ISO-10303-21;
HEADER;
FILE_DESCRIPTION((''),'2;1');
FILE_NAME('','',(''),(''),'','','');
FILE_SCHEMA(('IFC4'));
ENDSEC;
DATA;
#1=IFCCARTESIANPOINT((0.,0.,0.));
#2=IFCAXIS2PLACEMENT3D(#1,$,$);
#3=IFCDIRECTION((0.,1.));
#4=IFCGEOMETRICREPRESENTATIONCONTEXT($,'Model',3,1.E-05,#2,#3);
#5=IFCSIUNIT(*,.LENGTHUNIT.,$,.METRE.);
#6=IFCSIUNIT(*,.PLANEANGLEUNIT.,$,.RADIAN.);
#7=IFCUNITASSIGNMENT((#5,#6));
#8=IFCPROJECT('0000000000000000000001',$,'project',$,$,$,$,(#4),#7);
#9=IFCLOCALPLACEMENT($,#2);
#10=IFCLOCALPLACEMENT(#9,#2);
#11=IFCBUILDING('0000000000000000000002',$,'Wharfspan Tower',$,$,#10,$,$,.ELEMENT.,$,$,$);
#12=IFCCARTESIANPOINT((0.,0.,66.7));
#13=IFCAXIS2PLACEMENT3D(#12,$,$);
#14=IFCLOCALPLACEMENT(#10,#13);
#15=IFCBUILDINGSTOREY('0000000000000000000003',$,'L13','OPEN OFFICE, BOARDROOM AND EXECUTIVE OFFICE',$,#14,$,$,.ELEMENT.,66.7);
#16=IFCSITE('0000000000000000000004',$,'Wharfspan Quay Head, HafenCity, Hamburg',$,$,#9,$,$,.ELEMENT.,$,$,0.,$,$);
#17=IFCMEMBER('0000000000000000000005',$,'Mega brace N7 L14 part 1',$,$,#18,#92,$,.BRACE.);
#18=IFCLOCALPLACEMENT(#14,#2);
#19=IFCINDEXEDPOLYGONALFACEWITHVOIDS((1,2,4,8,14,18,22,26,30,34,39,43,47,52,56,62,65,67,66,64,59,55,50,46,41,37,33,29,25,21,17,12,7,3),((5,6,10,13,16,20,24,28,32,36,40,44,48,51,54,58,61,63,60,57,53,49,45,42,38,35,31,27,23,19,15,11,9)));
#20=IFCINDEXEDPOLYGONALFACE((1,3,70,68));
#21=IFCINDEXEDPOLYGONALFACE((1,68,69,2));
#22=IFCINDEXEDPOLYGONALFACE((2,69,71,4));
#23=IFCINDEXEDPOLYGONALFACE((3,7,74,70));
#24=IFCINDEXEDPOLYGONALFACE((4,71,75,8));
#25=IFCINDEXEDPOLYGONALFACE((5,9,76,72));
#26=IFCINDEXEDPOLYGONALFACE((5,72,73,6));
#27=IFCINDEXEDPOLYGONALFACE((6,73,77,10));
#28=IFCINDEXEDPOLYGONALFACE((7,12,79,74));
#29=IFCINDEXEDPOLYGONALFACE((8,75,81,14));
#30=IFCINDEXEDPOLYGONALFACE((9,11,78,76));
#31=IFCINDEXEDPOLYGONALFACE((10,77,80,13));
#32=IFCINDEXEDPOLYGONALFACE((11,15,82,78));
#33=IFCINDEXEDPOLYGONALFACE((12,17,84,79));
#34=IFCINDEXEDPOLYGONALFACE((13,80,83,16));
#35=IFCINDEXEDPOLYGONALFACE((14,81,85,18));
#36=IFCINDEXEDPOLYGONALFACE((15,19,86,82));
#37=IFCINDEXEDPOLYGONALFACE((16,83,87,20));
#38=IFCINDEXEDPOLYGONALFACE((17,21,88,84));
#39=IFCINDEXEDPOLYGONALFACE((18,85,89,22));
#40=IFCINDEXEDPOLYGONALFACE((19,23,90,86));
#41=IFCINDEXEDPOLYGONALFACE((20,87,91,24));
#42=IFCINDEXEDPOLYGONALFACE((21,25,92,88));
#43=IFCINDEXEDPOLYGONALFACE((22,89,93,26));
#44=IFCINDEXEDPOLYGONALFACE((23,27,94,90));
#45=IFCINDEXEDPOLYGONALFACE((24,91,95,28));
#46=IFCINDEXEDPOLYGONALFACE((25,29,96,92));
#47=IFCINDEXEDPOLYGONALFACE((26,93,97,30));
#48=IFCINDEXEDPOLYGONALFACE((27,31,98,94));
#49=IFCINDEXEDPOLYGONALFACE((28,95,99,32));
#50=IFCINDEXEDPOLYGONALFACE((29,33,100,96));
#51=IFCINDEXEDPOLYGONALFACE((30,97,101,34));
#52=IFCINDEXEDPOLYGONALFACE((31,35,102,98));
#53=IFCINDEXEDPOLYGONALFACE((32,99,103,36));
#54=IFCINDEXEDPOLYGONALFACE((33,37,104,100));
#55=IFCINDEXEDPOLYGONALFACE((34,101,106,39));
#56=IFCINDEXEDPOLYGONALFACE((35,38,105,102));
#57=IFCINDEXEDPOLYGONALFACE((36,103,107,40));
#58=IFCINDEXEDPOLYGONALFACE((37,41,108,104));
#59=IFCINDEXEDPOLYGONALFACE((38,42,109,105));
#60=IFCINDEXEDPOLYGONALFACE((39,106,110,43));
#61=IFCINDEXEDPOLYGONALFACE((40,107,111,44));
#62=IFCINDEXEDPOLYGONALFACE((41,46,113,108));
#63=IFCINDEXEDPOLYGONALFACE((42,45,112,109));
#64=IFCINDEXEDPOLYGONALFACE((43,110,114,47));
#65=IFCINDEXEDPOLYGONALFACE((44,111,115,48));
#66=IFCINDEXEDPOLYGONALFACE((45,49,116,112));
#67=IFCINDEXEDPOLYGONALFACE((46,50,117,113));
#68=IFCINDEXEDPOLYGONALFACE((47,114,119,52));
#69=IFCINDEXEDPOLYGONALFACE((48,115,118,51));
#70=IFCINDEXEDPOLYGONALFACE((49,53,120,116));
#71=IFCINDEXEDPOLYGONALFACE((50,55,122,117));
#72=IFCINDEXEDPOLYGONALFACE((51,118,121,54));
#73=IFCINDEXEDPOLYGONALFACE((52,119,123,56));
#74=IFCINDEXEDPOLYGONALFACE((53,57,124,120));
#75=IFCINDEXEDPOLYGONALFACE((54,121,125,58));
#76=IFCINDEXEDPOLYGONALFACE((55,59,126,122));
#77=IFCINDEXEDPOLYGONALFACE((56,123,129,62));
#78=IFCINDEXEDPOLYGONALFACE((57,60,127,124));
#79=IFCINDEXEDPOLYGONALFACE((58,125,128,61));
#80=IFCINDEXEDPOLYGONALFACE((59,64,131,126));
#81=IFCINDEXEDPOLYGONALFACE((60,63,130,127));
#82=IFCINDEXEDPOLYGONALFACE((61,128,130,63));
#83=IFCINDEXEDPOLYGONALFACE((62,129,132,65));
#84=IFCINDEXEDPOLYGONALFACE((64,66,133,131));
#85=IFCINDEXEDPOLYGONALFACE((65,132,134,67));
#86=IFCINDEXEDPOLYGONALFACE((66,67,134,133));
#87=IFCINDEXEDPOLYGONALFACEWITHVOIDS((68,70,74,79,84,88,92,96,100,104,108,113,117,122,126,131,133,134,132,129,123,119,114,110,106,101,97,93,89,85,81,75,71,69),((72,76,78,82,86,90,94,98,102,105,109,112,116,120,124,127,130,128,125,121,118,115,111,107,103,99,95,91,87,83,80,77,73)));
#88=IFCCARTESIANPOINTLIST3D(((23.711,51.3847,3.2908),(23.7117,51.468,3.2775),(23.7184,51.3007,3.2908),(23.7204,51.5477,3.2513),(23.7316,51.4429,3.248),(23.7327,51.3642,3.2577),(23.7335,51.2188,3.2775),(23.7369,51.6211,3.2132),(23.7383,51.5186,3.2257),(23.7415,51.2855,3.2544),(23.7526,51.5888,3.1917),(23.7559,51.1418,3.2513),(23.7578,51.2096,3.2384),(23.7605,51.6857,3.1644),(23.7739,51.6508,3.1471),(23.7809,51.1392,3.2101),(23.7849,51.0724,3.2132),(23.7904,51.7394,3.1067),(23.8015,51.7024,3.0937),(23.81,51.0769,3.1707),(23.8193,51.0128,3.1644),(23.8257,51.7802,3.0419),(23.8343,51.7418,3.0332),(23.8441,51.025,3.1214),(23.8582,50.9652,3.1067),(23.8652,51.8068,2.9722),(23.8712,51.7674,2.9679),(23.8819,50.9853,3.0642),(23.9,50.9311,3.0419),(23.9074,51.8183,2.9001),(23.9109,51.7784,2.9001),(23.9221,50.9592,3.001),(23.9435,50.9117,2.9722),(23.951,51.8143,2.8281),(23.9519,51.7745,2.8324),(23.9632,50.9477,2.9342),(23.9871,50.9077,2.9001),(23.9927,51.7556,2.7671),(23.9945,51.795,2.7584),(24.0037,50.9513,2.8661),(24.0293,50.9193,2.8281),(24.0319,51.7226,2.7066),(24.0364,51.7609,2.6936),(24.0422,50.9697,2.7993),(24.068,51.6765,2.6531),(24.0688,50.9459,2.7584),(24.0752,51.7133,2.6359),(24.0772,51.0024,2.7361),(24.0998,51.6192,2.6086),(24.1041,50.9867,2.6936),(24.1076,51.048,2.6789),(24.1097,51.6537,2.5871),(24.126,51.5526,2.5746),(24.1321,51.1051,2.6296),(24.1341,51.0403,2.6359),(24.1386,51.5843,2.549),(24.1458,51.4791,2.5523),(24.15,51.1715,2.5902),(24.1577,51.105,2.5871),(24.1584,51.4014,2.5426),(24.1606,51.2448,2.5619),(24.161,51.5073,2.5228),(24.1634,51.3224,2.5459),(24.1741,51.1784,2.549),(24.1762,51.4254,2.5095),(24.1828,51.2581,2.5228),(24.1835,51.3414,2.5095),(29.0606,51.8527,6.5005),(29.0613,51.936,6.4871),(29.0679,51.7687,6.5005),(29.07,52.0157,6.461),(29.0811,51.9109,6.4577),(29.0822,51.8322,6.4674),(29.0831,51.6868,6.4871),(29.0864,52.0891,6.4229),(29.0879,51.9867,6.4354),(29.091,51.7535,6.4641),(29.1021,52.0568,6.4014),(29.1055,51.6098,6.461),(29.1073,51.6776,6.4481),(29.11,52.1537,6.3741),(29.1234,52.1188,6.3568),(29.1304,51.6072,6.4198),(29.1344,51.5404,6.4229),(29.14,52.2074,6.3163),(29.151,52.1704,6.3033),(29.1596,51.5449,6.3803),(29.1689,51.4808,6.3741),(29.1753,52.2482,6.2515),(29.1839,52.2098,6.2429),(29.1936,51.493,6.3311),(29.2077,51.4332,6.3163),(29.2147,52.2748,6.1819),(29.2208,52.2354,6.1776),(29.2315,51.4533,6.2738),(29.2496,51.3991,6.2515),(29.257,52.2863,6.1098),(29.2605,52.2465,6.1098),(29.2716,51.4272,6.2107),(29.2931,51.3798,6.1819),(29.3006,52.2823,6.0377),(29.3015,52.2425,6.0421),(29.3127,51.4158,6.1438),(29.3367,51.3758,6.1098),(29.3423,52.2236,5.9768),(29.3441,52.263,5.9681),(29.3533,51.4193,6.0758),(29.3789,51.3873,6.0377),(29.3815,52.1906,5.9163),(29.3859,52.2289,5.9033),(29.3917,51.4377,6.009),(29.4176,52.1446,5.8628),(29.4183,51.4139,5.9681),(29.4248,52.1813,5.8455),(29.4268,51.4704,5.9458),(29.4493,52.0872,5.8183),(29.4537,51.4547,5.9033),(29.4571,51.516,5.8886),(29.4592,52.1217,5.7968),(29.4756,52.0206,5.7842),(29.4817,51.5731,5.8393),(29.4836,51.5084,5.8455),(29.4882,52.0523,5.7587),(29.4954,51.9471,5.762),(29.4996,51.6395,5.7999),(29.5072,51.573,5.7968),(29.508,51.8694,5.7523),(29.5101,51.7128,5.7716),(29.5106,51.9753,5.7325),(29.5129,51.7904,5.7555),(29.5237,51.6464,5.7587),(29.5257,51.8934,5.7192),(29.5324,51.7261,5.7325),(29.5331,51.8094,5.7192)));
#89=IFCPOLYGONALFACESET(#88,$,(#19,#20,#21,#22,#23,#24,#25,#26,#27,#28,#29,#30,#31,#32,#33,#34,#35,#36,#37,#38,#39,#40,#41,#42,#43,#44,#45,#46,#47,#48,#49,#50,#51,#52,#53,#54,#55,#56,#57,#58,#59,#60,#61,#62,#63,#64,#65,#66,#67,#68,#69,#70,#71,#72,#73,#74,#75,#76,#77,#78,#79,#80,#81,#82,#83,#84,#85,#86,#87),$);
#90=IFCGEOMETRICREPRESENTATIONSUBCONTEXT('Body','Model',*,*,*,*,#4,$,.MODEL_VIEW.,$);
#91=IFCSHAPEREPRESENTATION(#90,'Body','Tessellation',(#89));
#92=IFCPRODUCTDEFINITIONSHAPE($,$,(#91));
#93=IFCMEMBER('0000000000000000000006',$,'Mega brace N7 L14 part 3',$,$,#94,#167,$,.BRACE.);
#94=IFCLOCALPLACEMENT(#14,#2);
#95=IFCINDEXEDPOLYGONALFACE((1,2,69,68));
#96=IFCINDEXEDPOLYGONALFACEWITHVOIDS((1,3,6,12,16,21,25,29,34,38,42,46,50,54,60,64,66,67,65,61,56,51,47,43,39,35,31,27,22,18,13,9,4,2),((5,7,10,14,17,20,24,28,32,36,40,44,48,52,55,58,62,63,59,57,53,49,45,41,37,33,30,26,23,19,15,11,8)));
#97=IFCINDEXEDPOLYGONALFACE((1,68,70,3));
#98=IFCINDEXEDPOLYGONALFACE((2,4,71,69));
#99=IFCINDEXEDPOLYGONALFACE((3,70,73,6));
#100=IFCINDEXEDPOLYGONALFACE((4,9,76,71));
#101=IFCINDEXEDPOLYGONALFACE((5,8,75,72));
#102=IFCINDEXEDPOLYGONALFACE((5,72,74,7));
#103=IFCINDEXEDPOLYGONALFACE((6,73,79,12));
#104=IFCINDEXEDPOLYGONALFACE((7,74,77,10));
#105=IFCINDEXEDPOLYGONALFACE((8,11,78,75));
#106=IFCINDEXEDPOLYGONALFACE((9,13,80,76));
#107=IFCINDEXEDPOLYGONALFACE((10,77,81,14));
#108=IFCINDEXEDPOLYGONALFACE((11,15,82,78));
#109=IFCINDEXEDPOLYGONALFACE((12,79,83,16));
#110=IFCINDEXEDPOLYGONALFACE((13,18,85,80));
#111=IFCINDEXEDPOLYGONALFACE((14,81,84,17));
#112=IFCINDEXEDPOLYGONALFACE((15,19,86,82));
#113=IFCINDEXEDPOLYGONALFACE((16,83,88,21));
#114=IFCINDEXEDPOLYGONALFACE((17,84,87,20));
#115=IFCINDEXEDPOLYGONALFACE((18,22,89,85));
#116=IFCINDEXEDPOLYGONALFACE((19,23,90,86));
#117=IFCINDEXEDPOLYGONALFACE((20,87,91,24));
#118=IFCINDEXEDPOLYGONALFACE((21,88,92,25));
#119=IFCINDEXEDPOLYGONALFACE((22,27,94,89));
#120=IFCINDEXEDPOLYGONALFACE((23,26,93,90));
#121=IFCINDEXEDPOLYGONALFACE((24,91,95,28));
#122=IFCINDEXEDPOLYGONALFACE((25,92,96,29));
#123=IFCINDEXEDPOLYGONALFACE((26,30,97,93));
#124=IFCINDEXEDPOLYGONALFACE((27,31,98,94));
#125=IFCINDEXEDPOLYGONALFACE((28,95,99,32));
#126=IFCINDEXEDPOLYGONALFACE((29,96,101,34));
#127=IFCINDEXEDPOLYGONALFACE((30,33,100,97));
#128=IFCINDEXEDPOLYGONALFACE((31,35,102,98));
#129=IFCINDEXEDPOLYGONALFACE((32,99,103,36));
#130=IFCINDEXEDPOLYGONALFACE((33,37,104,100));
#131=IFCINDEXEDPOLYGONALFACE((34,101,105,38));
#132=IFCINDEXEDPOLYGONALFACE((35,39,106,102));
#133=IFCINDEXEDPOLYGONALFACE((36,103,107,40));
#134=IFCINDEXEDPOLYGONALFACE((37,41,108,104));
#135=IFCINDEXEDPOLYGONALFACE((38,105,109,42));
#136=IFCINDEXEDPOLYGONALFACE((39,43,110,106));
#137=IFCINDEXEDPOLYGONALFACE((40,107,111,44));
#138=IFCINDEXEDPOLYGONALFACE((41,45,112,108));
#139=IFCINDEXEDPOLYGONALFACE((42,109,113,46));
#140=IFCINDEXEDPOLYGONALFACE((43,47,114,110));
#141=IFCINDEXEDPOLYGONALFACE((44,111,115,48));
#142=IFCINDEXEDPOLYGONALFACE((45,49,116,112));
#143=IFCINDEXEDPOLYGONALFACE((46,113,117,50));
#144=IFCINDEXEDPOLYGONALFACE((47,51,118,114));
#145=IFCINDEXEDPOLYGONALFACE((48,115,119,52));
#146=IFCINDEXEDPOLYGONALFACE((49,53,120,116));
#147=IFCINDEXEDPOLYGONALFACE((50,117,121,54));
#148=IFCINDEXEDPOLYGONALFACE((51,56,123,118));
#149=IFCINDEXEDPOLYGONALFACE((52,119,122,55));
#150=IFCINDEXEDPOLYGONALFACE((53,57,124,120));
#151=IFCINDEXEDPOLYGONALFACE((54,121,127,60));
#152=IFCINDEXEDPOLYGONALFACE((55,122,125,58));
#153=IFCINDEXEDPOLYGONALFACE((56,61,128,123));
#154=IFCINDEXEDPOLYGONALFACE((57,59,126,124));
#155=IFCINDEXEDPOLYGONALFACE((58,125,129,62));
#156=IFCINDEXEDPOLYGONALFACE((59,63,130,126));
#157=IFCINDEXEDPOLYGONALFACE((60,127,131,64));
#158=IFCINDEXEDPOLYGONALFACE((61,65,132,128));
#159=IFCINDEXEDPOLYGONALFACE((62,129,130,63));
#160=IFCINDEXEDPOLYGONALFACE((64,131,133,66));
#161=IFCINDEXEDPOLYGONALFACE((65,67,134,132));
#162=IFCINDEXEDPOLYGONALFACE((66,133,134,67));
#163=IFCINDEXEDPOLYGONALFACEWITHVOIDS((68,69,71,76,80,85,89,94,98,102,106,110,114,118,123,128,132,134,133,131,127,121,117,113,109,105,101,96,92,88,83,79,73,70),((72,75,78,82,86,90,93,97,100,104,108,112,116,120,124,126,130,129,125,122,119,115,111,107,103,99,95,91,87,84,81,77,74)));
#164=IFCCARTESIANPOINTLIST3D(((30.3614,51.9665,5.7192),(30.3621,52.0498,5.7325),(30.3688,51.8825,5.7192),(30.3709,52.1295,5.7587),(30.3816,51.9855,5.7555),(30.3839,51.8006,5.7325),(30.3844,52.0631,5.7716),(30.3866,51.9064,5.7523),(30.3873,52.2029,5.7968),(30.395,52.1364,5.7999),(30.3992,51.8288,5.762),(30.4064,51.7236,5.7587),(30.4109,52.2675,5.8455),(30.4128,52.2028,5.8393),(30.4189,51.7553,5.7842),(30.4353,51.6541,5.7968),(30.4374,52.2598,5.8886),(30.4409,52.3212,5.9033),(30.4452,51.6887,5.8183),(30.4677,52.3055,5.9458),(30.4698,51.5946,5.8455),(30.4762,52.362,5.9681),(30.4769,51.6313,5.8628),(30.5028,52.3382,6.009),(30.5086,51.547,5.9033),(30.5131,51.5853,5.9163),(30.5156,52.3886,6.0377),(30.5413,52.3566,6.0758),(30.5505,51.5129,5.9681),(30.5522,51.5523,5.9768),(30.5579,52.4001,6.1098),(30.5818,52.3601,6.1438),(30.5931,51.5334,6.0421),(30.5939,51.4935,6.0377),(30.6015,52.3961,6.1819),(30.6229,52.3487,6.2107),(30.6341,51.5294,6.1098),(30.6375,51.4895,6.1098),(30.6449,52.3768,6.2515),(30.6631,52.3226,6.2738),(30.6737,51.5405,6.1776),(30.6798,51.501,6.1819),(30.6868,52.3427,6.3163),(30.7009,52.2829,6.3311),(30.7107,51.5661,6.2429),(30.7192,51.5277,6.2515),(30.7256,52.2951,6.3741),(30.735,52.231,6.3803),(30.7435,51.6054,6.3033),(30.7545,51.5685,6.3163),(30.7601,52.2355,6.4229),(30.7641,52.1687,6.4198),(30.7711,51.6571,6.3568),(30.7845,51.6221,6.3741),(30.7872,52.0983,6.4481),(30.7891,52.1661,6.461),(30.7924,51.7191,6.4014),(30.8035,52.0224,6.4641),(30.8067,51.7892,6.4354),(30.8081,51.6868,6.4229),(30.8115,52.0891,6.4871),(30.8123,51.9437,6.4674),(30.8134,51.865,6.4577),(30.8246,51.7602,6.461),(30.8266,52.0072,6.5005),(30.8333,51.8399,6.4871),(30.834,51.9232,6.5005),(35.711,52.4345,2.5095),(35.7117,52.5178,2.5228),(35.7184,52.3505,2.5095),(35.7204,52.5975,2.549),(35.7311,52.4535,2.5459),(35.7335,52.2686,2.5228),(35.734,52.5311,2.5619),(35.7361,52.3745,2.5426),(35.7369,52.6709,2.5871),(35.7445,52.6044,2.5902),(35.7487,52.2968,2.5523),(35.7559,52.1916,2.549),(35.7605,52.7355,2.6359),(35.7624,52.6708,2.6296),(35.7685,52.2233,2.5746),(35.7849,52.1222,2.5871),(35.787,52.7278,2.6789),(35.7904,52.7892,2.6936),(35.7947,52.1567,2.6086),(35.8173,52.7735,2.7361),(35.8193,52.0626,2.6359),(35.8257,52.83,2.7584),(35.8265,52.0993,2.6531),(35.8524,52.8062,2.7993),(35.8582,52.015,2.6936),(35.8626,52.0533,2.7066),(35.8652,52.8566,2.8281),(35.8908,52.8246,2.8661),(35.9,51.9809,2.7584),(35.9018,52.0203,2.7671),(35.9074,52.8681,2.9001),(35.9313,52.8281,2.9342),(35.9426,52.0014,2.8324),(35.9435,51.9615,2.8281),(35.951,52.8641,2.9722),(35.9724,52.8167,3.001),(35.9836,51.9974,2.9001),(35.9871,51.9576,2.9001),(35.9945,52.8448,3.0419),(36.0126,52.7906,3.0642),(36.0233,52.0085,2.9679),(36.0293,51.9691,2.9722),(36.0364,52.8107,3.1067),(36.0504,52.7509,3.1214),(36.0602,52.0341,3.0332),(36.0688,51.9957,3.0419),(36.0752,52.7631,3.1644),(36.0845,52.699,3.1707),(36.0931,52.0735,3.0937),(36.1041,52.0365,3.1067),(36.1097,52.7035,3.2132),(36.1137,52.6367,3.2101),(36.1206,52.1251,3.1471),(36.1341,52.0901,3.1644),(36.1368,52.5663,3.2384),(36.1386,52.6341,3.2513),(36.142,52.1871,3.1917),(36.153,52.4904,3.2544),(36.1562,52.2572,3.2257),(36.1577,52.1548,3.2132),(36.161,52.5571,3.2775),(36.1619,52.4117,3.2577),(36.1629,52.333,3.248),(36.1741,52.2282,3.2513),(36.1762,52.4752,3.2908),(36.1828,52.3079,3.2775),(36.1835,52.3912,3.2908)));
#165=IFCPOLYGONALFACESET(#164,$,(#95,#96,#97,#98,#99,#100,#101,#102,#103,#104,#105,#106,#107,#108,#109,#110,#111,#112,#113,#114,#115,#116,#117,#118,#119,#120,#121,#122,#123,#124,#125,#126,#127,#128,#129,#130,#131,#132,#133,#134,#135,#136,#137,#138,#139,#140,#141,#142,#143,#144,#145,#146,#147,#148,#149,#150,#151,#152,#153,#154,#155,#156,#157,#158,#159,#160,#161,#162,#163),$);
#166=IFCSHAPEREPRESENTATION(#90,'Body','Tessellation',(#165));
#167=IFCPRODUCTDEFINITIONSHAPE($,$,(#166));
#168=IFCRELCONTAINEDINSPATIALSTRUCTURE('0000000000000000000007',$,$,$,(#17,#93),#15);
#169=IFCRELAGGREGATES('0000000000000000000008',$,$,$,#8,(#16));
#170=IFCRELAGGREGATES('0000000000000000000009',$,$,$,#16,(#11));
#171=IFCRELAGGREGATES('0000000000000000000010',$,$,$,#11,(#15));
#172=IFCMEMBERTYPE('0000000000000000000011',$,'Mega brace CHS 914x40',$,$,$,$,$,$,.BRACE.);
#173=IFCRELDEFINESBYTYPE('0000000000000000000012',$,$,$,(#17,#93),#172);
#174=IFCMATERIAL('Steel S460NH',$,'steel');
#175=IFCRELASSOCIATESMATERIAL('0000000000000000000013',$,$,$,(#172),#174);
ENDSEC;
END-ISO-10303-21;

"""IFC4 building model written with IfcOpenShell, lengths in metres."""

from ifc_helpers import new_model, si_unit, direction, frame, origin, origin_2d, place, context, subcontext, project, spatial, hollow_circle, extrude, material, material_profile, profile_set, type_object, element, save


model = new_model("IFC4")

# Units and contexts
model_context = context("Model", 3, precision=1e-05, world=origin(), true_north=direction((0.0, 1.0)))
body_context = subcontext(model_context, "Body", "Model", "MODEL_VIEW")
ifc_project = project(units=[si_unit("LENGTHUNIT", "METRE"), si_unit("PLANEANGLEUNIT", "RADIAN")], contexts=[model_context])

# Site, building, storey
site_placement = place(None, origin())
site = spatial("IfcSite", under=ifc_project, at=site_placement, Name="Wharfspan Quay Head, HafenCity, Hamburg", CompositionType="ELEMENT", RefElevation=0.0)
building_placement = place(site_placement, origin())
building = spatial("IfcBuilding", under=site, at=building_placement, Name="Wharfspan Tower", CompositionType="ELEMENT")
storey_placement = place(building_placement, frame((0.0, 0.0, 66.7)))
storey = spatial("IfcBuildingStorey", under=building, at=storey_placement, Name="L13", Description="OPEN OFFICE, BOARDROOM AND EXECUTIVE OFFICE", CompositionType="ELEMENT", Elevation=66.7)

# Members
ifc_material_1 = material(Name="Steel S460NH", Category="steel")
ifc_material_profile_1 = material_profile(ifc_material_1, hollow_circle(Radius=0.457, WallThickness=0.04, at=origin_2d()))
ifc_profile_set_1 = profile_set([ifc_material_profile_1], Name="Steel S460NH")
member_type = type_object("IfcMemberType", Name="Mega brace CHS 914x40", PredefinedType="BRACE", material=ifc_profile_set_1)
for number, where, z_axis, x_axis, name in (
    (1, (23.9473, 51.363, 2.9001), (0.855094, 0.074809, 0.513048), (-0.087154, 0.996195, 0.000001), "Mega brace N7 L14 part 1"),
    (2, (35.9473, 52.4128, 2.9001), (-0.855094, -0.074809, 0.513048), (0.087154, -0.996195, 0.000001), "Mega brace N7 L14 part 3"),
):
    element("IfcMember", number, at=place(storey_placement, frame(where, z_axis=z_axis, x_axis=x_axis)), inside=storey, type_object=member_type, Name=name, PredefinedType="BRACE", context=body_context, shape_type="SweptSolid", body=[
        extrude(hollow_circle(Radius=0.457, WallThickness=0.04, at=origin_2d()), origin(), (0.0, 0.0, 1.0), 6.2561),
    ])

save(model, "model.ifc")
